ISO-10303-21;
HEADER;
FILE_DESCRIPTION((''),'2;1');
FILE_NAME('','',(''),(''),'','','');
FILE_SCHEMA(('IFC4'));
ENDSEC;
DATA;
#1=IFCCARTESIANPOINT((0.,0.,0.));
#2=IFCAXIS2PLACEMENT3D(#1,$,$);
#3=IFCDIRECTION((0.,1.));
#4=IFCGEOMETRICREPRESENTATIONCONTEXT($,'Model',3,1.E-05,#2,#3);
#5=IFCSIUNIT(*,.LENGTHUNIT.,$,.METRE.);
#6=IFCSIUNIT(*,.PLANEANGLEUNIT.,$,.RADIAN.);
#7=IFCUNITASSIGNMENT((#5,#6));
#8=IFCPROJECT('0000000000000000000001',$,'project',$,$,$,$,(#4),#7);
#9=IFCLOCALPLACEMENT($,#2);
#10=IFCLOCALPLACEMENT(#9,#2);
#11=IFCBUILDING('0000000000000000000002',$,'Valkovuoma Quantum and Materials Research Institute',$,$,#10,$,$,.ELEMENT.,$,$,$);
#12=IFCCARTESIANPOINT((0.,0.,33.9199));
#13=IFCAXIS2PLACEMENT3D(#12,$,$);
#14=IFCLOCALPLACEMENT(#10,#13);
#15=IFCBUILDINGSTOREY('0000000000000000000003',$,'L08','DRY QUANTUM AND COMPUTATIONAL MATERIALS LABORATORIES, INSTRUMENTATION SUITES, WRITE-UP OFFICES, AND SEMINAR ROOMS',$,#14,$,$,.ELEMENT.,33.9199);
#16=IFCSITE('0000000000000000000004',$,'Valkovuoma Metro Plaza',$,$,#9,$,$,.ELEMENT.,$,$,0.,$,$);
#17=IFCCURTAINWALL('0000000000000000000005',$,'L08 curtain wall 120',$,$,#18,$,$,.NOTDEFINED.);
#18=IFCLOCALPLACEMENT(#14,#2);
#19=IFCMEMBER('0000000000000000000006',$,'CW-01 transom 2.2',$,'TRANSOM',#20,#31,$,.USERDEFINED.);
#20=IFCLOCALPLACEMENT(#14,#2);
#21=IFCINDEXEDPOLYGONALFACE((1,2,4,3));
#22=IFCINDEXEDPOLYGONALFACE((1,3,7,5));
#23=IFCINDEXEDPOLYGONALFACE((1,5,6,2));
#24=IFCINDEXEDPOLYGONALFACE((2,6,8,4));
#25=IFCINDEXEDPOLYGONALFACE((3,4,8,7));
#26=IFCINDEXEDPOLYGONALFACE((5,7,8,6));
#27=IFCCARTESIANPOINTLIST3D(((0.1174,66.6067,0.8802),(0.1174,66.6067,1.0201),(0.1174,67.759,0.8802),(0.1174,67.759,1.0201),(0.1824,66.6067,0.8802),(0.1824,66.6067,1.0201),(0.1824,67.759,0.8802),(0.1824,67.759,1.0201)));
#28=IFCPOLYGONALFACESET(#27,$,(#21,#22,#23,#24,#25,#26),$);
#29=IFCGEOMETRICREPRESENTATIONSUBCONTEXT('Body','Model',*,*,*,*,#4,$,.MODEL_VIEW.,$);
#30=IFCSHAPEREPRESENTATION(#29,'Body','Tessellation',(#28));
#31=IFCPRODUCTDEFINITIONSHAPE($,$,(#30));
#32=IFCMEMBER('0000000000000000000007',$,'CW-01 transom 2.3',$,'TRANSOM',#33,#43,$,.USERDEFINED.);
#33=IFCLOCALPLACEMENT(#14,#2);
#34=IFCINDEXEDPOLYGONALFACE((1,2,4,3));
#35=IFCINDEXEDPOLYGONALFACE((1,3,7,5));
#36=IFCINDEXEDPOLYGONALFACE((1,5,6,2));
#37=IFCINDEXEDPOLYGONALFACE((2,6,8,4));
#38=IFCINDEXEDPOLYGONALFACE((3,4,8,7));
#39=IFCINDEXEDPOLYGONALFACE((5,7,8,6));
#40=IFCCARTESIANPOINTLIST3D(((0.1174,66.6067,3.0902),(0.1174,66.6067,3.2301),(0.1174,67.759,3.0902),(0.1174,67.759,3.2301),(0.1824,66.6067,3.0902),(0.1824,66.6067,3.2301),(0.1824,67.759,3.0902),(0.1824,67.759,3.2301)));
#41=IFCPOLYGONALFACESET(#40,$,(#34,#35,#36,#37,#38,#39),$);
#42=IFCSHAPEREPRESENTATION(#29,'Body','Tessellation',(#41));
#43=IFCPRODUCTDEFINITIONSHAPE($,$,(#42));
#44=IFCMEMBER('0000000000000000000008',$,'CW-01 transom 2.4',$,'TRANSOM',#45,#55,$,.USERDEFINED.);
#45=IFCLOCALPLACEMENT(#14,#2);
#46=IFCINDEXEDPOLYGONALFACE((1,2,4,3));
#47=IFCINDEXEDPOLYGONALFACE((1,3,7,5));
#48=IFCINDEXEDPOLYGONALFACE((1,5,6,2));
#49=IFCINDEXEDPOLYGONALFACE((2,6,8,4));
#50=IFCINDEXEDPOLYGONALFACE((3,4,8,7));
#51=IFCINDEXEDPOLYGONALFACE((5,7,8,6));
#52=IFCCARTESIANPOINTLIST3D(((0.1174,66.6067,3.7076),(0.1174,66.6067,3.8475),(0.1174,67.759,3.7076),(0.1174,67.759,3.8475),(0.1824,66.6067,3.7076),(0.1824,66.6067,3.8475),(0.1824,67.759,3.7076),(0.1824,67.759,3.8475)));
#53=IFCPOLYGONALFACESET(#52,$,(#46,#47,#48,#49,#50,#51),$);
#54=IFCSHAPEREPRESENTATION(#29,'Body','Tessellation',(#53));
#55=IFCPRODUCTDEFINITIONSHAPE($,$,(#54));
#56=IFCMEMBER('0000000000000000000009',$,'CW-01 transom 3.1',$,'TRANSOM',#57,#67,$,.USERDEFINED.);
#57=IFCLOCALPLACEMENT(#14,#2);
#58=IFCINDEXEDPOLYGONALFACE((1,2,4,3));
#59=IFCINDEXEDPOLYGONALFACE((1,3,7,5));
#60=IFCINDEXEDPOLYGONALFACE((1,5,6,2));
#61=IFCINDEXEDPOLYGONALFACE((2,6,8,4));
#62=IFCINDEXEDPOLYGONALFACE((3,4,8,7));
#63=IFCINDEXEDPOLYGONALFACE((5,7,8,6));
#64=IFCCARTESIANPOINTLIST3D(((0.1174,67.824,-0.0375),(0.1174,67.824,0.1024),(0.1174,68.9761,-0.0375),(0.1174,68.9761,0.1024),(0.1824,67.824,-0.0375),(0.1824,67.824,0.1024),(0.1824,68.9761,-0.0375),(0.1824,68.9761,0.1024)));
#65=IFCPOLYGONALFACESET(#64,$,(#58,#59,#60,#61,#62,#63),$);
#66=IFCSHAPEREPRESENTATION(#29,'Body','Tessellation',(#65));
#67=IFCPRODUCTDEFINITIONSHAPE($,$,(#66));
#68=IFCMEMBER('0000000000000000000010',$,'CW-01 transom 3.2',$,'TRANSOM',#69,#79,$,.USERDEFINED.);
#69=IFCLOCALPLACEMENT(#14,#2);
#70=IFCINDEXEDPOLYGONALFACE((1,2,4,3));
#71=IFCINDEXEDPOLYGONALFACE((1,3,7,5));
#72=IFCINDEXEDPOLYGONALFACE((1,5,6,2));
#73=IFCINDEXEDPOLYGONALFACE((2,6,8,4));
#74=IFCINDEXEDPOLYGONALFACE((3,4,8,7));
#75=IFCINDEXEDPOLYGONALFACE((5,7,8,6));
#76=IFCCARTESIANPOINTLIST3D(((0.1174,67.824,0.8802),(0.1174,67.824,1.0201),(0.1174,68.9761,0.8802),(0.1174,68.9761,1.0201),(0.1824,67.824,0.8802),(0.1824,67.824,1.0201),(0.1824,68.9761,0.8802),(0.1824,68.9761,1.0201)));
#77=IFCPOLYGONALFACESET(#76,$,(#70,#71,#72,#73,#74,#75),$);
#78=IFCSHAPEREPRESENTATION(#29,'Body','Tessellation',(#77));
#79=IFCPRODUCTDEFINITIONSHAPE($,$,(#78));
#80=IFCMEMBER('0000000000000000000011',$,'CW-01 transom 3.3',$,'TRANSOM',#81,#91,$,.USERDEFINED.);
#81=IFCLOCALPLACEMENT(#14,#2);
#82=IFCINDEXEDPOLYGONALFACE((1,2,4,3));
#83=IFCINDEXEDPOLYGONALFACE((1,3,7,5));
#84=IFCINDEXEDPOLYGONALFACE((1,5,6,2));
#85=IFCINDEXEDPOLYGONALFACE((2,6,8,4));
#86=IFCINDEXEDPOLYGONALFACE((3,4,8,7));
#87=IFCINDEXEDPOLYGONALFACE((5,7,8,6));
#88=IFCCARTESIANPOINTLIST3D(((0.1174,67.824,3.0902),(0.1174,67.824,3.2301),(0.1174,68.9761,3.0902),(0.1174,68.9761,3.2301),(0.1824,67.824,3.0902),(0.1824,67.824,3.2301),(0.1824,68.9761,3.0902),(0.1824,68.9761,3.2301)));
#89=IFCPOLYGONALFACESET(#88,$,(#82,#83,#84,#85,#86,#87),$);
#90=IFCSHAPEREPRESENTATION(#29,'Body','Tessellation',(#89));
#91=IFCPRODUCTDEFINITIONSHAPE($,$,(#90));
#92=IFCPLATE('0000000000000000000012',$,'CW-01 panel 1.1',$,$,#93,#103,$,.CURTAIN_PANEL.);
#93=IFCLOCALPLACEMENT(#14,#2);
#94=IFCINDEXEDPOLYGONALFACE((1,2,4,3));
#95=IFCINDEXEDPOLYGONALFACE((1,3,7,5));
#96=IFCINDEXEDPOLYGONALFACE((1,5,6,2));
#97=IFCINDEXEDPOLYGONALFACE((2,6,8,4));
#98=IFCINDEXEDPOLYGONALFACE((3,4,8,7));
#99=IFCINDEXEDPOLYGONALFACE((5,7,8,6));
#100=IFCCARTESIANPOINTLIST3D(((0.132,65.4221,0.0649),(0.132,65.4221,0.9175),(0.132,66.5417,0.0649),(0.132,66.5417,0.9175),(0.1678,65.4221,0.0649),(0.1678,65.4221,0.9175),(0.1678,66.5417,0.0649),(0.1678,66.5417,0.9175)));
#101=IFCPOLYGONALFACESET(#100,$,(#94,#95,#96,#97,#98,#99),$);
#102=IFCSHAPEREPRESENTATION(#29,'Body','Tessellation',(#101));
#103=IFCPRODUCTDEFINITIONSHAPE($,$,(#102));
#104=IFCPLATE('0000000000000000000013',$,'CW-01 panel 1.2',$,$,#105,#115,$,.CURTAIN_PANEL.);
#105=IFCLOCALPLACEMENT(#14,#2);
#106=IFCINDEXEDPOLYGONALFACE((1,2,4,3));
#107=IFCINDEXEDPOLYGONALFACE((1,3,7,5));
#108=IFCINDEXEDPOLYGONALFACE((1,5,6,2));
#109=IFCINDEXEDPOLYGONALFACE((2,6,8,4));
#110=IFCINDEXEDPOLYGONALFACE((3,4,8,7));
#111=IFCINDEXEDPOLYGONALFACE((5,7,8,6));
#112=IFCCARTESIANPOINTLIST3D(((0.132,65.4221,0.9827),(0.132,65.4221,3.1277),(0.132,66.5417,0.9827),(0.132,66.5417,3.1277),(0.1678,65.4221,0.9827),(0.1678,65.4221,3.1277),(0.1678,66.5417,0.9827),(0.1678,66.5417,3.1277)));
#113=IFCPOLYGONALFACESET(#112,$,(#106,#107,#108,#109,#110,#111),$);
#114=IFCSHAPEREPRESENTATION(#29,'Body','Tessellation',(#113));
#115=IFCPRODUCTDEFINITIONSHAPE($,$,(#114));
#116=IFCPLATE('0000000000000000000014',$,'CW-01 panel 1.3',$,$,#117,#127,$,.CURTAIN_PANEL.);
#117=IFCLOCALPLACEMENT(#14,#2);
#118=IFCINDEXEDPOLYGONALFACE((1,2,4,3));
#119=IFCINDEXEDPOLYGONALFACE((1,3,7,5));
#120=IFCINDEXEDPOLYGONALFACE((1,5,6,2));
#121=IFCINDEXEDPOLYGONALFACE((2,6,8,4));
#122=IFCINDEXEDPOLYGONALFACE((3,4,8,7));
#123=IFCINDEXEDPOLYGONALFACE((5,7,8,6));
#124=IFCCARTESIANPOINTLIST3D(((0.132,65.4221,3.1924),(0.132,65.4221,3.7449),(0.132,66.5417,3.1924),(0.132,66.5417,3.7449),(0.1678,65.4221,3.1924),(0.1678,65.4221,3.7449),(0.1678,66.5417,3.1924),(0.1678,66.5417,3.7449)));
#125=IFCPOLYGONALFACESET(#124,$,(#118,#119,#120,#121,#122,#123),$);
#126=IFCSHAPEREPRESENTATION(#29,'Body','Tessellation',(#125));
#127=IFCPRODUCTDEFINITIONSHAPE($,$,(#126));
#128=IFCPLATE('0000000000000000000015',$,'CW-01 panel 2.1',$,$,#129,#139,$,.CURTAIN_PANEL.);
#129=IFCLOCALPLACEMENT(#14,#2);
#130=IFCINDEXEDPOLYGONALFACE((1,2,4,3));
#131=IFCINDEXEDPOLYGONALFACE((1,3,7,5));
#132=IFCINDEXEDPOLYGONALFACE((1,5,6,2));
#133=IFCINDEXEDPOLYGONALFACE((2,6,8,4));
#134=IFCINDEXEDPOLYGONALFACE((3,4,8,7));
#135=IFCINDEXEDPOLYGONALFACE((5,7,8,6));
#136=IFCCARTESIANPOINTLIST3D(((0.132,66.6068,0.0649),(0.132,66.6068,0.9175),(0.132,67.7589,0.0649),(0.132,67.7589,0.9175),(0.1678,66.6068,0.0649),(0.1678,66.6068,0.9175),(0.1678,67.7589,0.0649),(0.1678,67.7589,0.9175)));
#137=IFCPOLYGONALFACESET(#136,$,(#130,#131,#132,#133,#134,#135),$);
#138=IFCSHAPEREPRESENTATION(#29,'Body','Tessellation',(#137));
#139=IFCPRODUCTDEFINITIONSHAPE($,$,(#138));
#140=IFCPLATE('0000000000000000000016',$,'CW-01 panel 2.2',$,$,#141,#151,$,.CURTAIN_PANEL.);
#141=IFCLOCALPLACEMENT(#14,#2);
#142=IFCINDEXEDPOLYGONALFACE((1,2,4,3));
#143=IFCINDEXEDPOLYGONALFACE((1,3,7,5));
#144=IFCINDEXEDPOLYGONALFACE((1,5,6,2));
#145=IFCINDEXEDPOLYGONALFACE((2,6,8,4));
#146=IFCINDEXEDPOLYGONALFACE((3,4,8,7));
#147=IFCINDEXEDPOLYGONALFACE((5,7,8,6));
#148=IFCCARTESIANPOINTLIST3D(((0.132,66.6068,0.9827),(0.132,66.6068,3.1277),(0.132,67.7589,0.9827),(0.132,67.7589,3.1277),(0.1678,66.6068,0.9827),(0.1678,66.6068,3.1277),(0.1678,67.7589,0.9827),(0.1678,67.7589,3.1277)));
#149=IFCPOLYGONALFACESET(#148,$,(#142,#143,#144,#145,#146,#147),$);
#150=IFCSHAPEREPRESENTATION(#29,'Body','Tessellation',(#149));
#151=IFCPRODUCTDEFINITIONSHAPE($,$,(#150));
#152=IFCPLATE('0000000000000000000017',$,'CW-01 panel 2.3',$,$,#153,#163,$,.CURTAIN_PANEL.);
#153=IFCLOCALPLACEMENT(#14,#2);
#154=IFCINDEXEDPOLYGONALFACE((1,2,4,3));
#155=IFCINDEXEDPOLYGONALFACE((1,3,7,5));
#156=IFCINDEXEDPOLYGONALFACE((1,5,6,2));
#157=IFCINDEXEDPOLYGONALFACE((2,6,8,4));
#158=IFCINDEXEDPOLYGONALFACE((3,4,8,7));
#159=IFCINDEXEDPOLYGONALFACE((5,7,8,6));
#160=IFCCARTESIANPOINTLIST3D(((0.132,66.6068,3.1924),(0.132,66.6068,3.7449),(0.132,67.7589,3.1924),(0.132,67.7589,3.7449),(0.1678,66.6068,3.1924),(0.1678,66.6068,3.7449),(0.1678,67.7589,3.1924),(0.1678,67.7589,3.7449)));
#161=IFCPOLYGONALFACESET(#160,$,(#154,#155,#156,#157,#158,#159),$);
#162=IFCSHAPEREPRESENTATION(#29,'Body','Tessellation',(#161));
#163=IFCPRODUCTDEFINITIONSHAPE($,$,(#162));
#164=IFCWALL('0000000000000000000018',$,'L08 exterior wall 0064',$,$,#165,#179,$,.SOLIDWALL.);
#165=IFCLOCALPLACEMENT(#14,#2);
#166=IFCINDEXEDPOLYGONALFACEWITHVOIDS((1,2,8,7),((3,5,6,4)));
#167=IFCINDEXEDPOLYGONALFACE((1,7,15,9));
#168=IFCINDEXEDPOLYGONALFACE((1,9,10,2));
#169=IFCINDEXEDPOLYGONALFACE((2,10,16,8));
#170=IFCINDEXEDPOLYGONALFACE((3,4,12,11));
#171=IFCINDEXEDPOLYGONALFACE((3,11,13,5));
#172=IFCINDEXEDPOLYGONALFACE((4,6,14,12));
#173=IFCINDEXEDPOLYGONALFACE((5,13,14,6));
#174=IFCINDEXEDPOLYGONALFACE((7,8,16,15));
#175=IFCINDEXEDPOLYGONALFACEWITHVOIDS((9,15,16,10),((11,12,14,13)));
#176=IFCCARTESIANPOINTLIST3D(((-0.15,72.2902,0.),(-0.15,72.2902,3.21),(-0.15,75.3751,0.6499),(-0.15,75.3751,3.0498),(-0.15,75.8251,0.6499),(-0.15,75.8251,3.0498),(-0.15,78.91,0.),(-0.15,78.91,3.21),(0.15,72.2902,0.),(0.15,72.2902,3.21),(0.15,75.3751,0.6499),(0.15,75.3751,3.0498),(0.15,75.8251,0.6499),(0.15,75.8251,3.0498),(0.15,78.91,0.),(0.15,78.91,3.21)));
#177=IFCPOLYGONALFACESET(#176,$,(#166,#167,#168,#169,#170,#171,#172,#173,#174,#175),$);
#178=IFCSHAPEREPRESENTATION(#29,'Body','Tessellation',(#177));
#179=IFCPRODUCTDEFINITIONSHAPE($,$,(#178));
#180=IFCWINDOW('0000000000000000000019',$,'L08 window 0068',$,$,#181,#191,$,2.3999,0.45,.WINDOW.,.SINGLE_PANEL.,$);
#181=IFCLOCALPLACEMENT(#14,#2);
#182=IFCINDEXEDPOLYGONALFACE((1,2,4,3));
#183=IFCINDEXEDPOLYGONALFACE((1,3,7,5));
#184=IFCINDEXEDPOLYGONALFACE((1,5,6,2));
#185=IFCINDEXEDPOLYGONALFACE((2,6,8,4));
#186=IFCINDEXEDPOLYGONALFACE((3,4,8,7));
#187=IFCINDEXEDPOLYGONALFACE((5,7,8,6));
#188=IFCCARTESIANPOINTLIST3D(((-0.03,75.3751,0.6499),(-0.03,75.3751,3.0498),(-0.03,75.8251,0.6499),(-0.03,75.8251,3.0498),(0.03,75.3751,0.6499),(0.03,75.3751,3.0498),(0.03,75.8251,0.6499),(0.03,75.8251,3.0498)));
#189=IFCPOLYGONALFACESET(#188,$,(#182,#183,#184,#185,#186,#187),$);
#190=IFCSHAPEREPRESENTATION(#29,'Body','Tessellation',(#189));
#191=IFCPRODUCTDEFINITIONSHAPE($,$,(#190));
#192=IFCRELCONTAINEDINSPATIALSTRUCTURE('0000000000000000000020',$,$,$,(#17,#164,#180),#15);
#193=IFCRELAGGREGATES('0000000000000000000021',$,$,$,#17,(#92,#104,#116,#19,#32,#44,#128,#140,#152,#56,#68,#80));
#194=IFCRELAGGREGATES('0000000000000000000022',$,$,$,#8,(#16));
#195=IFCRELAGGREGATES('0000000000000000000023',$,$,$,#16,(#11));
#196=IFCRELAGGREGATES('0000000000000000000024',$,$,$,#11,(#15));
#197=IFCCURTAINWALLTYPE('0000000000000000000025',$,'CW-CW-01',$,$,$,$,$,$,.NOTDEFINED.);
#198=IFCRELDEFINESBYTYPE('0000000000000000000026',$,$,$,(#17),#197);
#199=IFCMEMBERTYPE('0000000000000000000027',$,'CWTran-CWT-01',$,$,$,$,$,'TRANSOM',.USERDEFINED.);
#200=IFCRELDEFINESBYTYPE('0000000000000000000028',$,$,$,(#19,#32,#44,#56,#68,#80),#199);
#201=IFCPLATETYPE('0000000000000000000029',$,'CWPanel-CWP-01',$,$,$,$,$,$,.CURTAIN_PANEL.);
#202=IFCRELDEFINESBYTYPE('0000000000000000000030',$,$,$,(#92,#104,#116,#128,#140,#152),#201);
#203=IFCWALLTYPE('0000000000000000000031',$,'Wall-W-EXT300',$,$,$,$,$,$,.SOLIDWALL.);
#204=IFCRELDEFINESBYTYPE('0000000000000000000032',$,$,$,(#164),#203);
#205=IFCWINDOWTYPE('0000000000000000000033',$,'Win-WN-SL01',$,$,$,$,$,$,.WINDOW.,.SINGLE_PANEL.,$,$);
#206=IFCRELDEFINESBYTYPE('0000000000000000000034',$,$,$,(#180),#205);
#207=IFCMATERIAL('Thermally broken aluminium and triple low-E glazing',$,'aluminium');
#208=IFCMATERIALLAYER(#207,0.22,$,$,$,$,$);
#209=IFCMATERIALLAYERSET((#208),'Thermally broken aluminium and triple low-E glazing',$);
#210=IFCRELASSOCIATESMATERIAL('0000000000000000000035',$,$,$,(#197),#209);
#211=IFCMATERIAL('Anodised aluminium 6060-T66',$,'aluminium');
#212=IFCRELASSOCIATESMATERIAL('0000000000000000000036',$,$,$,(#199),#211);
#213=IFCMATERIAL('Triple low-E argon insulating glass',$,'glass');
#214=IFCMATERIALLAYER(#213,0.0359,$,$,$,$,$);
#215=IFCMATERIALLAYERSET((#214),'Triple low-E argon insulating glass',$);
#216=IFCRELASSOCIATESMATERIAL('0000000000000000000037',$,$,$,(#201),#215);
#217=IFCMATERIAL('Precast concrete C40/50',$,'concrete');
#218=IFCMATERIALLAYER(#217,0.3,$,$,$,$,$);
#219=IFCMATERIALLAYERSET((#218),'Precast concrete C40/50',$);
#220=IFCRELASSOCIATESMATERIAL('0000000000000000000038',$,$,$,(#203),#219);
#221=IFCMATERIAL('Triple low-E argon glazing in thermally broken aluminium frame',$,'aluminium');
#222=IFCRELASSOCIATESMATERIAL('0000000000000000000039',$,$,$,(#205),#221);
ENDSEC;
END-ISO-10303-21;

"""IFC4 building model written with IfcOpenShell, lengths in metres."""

from ifc_helpers import new_model, si_unit, direction, frame, frame_2d, origin, origin_2d, place, context, subcontext, project, spatial, rectangle, extrude, material, layer, layer_set, material_profile, profile_set, type_object, element, fill, aggregate, save


model = new_model("IFC4")

# Units and contexts
model_context = context("Model", 3, precision=1e-05, world=origin(), true_north=direction((0.0, 1.0)))
body_context = subcontext(model_context, "Body", "Model", "MODEL_VIEW")
ifc_project = project(units=[si_unit("LENGTHUNIT", "METRE"), si_unit("PLANEANGLEUNIT", "RADIAN")], contexts=[model_context])

# Site, building, storey
site_placement = place(None, origin())
site = spatial("IfcSite", under=ifc_project, at=site_placement, Name="Valkovuoma Metro Plaza", CompositionType="ELEMENT", RefElevation=0.0)
building_placement = place(site_placement, origin())
building = spatial("IfcBuilding", under=site, at=building_placement, Name="Valkovuoma Quantum and Materials Research Institute", CompositionType="ELEMENT")
storey_placement = place(building_placement, frame((0.0, 0.0, 33.9199)))
storey = spatial("IfcBuildingStorey", under=building, at=storey_placement, Name="L08", Description="DRY QUANTUM AND COMPUTATIONAL MATERIALS LABORATORIES, INSTRUMENTATION SUITES, WRITE-UP OFFICES, AND SEMINAR ROOMS", CompositionType="ELEMENT", Elevation=33.9199)

# Curtain wall, members, plates
ifc_material_1 = material(Name="Thermally broken aluminium and triple low-E glazing", Category="aluminium")
ifc_layer_1 = layer(ifc_material_1, 0.22)
ifc_layer_set_1 = layer_set([ifc_layer_1], Name="Thermally broken aluminium and triple low-E glazing")
curtain_wall_type = type_object("IfcCurtainWallType", Name="CW-CW-01", PredefinedType="NOTDEFINED", material=ifc_layer_set_1)
curtain_wall_placement = place(storey_placement, origin())
curtain_wall = element("IfcCurtainWall", 1, at=curtain_wall_placement, inside=storey, type_object=curtain_wall_type, Name="L08 curtain wall 120", PredefinedType="NOTDEFINED")
ifc_material_2 = material(Name="Anodised aluminium 6060-T66", Category="aluminium")
ifc_material_profile_1 = material_profile(ifc_material_2, rectangle(XDim=0.0649, YDim=0.1399, at=origin_2d()), Name="Anodised aluminium 6060-T66")
ifc_profile_set_1 = profile_set([ifc_material_profile_1], Name="Anodised aluminium 6060-T66")
member_type_1 = type_object("IfcMemberType", Name="CWTran-CWT-01", ElementType="TRANSOM", PredefinedType="USERDEFINED", material=ifc_profile_set_1)
member_1_placement = place(storey_placement, frame((0.1499, 66.6067, 0.9502), z_axis=(0.0, 1.0, 0.0), x_axis=(-1.0, 0.0, 0.0)))
member_1 = element("IfcMember", 2, at=member_1_placement, type_object=member_type_1, Name="CW-01 transom 2.2", ObjectType="TRANSOM", PredefinedType="USERDEFINED", context=body_context, shape_type="SweptSolid", body=[
    extrude(rectangle(XDim=0.0649, YDim=0.1399, at=origin_2d()), origin(), (0.0, 0.0, 1.0), 1.1523),
])
member_2_placement = place(storey_placement, frame((0.1499, 66.6067, 3.1602), z_axis=(0.0, 1.0, 0.0), x_axis=(-1.0, 0.0, 0.0)))
member_2 = element("IfcMember", 3, at=member_2_placement, type_object=member_type_1, Name="CW-01 transom 2.3", ObjectType="TRANSOM", PredefinedType="USERDEFINED", context=body_context, shape_type="SweptSolid", body=[
    extrude(rectangle(XDim=0.0649, YDim=0.1399, at=origin_2d()), origin(), (0.0, 0.0, 1.0), 1.1523),
])
member_3_placement = place(storey_placement, frame((0.1499, 66.6067, 3.7776), z_axis=(0.0, 1.0, 0.0), x_axis=(-1.0, 0.0, 0.0)))
member_3 = element("IfcMember", 4, at=member_3_placement, type_object=member_type_1, Name="CW-01 transom 2.4", ObjectType="TRANSOM", PredefinedType="USERDEFINED", context=body_context, shape_type="SweptSolid", body=[
    extrude(rectangle(XDim=0.0649, YDim=0.1399, at=origin_2d()), origin(), (0.0, 0.0, 1.0), 1.1523),
])
member_4_placement = place(storey_placement, frame((0.1499, 67.824, 0.0325), z_axis=(0.0, 1.0, 0.0), x_axis=(-1.0, 0.0, 0.0)))
member_4 = element("IfcMember", 5, at=member_4_placement, type_object=member_type_1, Name="CW-01 transom 3.1", ObjectType="TRANSOM", PredefinedType="USERDEFINED", context=body_context, shape_type="SweptSolid", body=[
    extrude(rectangle(XDim=0.0649, YDim=0.1399, at=origin_2d()), origin(), (0.0, 0.0, 1.0), 1.1521),
])
member_5_placement = place(storey_placement, frame((0.1499, 67.824, 0.9502), z_axis=(0.0, 1.0, 0.0), x_axis=(-1.0, 0.0, 0.0)))
member_5 = element("IfcMember", 6, at=member_5_placement, type_object=member_type_1, Name="CW-01 transom 3.2", ObjectType="TRANSOM", PredefinedType="USERDEFINED", context=body_context, shape_type="SweptSolid", body=[
    extrude(rectangle(XDim=0.0649, YDim=0.1399, at=origin_2d()), origin(), (0.0, 0.0, 1.0), 1.1521),
])
member_6_placement = place(storey_placement, frame((0.1499, 67.824, 3.1602), z_axis=(0.0, 1.0, 0.0), x_axis=(-1.0, 0.0, 0.0)))
member_6 = element("IfcMember", 7, at=member_6_placement, type_object=member_type_1, Name="CW-01 transom 3.3", ObjectType="TRANSOM", PredefinedType="USERDEFINED", context=body_context, shape_type="SweptSolid", body=[
    extrude(rectangle(XDim=0.0649, YDim=0.1399, at=origin_2d()), origin(), (0.0, 0.0, 1.0), 1.1521),
])
ifc_material_3 = material(Name="Triple low-E argon insulating glass", Category="glass")
ifc_layer_2 = layer(ifc_material_3, 0.0359)
ifc_layer_set_2 = layer_set([ifc_layer_2], Name="Triple low-E argon insulating glass")
plate_type = type_object("IfcPlateType", Name="CWPanel-CWP-01", PredefinedType="CURTAIN_PANEL", material=ifc_layer_set_2)
plate_1_placement = place(storey_placement, frame((0.1499, 65.9819, 0.0649), z_axis=(0.0, 0.0, 1.0), x_axis=(0.0, 1.0, 0.0)))
plate_1 = element("IfcPlate", 8, at=plate_1_placement, type_object=plate_type, Name="CW-01 panel 1.1", PredefinedType="CURTAIN_PANEL", context=body_context, shape_type="SweptSolid", body=[
    extrude(rectangle(XDim=1.1196, YDim=0.0359, at=origin_2d()), origin(), (0.0, 0.0, 1.0), 0.8525),
])
plate_2_placement = place(storey_placement, frame((0.1499, 65.9819, 0.9827), z_axis=(0.0, 0.0, 1.0), x_axis=(0.0, 1.0, 0.0)))
plate_2 = element("IfcPlate", 9, at=plate_2_placement, type_object=plate_type, Name="CW-01 panel 1.2", PredefinedType="CURTAIN_PANEL", context=body_context, shape_type="SweptSolid", body=[
    extrude(rectangle(XDim=1.1196, YDim=0.0359, at=origin_2d()), origin(), (0.0, 0.0, 1.0), 2.145),
])
plate_3_placement = place(storey_placement, frame((0.1499, 65.9819, 3.1924), z_axis=(0.0, 0.0, 1.0), x_axis=(0.0, 1.0, 0.0)))
plate_3 = element("IfcPlate", 10, at=plate_3_placement, type_object=plate_type, Name="CW-01 panel 1.3", PredefinedType="CURTAIN_PANEL", context=body_context, shape_type="SweptSolid", body=[
    extrude(rectangle(XDim=1.1196, YDim=0.0359, at=origin_2d()), origin(), (0.0, 0.0, 1.0), 0.5525),
])
plate_4_placement = place(storey_placement, frame((0.1499, 67.1829, 0.0649), z_axis=(0.0, 0.0, 1.0), x_axis=(0.0, 1.0, 0.0)))
plate_4 = element("IfcPlate", 11, at=plate_4_placement, type_object=plate_type, Name="CW-01 panel 2.1", PredefinedType="CURTAIN_PANEL", context=body_context, shape_type="SweptSolid", body=[
    extrude(rectangle(XDim=1.1521, YDim=0.0359, at=origin_2d()), origin(), (0.0, 0.0, 1.0), 0.8525),
])
plate_5_placement = place(storey_placement, frame((0.1499, 67.1829, 0.9827), z_axis=(0.0, 0.0, 1.0), x_axis=(0.0, 1.0, 0.0)))
plate_5 = element("IfcPlate", 12, at=plate_5_placement, type_object=plate_type, Name="CW-01 panel 2.2", PredefinedType="CURTAIN_PANEL", context=body_context, shape_type="SweptSolid", body=[
    extrude(rectangle(XDim=1.1521, YDim=0.0359, at=origin_2d()), origin(), (0.0, 0.0, 1.0), 2.145),
])
plate_6_placement = place(storey_placement, frame((0.1499, 67.1829, 3.1924), z_axis=(0.0, 0.0, 1.0), x_axis=(0.0, 1.0, 0.0)))
plate_6 = element("IfcPlate", 13, at=plate_6_placement, type_object=plate_type, Name="CW-01 panel 2.3", PredefinedType="CURTAIN_PANEL", context=body_context, shape_type="SweptSolid", body=[
    extrude(rectangle(XDim=1.1521, YDim=0.0359, at=origin_2d()), origin(), (0.0, 0.0, 1.0), 0.5525),
])
aggregate(curtain_wall, [plate_1, plate_2, plate_3, member_1, member_2, member_3, plate_4, plate_5, plate_6, member_4, member_5, member_6])

# Wall, opening, window
ifc_material_4 = material(Name="Precast concrete C40/50", Category="concrete")
ifc_layer_3 = layer(ifc_material_4, 0.3)
ifc_layer_set_3 = layer_set([ifc_layer_3], Name="Precast concrete C40/50")
wall_type = type_object("IfcWallType", Name="Wall-W-EXT300", PredefinedType="SOLIDWALL", material=ifc_layer_set_3)
wall_placement = place(storey_placement, frame((0.0, 72.29, 0.0), z_axis=(0.0, 0.0, 1.0), x_axis=(0.0, 1.0, 0.0)))
wall = element("IfcWall", 14, at=wall_placement, inside=storey, type_object=wall_type, Name="L08 exterior wall 0064", PredefinedType="SOLIDWALL", context=body_context, shape_type="SweptSolid", body=[
    extrude(rectangle(XDim=6.6199, YDim=0.3, at=frame_2d((3.3101, 0.0))), origin(), (0.0, 0.0, 1.0), 3.21),
])
opening_placement = place(wall_placement, frame((3.085, 0.0, 0.6499)))
opening = element("IfcOpeningElement", 15, at=opening_placement, cuts=wall, PredefinedType="OPENING", context=body_context, shape_type="SweptSolid", body=[
    extrude(rectangle(XDim=0.45, YDim=2.3999, at=frame_2d((0.2251, 1.2))), frame((0.0, 0.1602, 0.0), z_axis=(0.0, -1.0, 0.0), x_axis=(1.0, 0.0, 0.0)), (0.0, 0.0, 1.0), 0.3201),
])
ifc_material_5 = material(Name="Triple low-E argon glazing in thermally broken aluminium frame", Category="aluminium")
window_type = type_object("IfcWindowType", Name="Win-WN-SL01", PartitioningType="SINGLE_PANEL", PredefinedType="WINDOW", material=ifc_material_5)
window_placement = place(opening_placement, origin())
window = element("IfcWindow", 16, at=window_placement, inside=storey, type_object=window_type, Name="L08 window 0068", OverallHeight=2.3999, OverallWidth=0.45, PartitioningType="SINGLE_PANEL", PredefinedType="WINDOW", context=body_context, shape_type="SweptSolid", body=[
    extrude(rectangle(XDim=0.45, YDim=2.3999, at=frame_2d((0.2251, 1.2))), frame((0.0, 0.03, 0.0), z_axis=(0.0, -1.0, 0.0), x_axis=(1.0, 0.0, 0.0)), (0.0, 0.0, 1.0), 0.0601),
])
fill(opening, window)

save(model, "model.ifc")
